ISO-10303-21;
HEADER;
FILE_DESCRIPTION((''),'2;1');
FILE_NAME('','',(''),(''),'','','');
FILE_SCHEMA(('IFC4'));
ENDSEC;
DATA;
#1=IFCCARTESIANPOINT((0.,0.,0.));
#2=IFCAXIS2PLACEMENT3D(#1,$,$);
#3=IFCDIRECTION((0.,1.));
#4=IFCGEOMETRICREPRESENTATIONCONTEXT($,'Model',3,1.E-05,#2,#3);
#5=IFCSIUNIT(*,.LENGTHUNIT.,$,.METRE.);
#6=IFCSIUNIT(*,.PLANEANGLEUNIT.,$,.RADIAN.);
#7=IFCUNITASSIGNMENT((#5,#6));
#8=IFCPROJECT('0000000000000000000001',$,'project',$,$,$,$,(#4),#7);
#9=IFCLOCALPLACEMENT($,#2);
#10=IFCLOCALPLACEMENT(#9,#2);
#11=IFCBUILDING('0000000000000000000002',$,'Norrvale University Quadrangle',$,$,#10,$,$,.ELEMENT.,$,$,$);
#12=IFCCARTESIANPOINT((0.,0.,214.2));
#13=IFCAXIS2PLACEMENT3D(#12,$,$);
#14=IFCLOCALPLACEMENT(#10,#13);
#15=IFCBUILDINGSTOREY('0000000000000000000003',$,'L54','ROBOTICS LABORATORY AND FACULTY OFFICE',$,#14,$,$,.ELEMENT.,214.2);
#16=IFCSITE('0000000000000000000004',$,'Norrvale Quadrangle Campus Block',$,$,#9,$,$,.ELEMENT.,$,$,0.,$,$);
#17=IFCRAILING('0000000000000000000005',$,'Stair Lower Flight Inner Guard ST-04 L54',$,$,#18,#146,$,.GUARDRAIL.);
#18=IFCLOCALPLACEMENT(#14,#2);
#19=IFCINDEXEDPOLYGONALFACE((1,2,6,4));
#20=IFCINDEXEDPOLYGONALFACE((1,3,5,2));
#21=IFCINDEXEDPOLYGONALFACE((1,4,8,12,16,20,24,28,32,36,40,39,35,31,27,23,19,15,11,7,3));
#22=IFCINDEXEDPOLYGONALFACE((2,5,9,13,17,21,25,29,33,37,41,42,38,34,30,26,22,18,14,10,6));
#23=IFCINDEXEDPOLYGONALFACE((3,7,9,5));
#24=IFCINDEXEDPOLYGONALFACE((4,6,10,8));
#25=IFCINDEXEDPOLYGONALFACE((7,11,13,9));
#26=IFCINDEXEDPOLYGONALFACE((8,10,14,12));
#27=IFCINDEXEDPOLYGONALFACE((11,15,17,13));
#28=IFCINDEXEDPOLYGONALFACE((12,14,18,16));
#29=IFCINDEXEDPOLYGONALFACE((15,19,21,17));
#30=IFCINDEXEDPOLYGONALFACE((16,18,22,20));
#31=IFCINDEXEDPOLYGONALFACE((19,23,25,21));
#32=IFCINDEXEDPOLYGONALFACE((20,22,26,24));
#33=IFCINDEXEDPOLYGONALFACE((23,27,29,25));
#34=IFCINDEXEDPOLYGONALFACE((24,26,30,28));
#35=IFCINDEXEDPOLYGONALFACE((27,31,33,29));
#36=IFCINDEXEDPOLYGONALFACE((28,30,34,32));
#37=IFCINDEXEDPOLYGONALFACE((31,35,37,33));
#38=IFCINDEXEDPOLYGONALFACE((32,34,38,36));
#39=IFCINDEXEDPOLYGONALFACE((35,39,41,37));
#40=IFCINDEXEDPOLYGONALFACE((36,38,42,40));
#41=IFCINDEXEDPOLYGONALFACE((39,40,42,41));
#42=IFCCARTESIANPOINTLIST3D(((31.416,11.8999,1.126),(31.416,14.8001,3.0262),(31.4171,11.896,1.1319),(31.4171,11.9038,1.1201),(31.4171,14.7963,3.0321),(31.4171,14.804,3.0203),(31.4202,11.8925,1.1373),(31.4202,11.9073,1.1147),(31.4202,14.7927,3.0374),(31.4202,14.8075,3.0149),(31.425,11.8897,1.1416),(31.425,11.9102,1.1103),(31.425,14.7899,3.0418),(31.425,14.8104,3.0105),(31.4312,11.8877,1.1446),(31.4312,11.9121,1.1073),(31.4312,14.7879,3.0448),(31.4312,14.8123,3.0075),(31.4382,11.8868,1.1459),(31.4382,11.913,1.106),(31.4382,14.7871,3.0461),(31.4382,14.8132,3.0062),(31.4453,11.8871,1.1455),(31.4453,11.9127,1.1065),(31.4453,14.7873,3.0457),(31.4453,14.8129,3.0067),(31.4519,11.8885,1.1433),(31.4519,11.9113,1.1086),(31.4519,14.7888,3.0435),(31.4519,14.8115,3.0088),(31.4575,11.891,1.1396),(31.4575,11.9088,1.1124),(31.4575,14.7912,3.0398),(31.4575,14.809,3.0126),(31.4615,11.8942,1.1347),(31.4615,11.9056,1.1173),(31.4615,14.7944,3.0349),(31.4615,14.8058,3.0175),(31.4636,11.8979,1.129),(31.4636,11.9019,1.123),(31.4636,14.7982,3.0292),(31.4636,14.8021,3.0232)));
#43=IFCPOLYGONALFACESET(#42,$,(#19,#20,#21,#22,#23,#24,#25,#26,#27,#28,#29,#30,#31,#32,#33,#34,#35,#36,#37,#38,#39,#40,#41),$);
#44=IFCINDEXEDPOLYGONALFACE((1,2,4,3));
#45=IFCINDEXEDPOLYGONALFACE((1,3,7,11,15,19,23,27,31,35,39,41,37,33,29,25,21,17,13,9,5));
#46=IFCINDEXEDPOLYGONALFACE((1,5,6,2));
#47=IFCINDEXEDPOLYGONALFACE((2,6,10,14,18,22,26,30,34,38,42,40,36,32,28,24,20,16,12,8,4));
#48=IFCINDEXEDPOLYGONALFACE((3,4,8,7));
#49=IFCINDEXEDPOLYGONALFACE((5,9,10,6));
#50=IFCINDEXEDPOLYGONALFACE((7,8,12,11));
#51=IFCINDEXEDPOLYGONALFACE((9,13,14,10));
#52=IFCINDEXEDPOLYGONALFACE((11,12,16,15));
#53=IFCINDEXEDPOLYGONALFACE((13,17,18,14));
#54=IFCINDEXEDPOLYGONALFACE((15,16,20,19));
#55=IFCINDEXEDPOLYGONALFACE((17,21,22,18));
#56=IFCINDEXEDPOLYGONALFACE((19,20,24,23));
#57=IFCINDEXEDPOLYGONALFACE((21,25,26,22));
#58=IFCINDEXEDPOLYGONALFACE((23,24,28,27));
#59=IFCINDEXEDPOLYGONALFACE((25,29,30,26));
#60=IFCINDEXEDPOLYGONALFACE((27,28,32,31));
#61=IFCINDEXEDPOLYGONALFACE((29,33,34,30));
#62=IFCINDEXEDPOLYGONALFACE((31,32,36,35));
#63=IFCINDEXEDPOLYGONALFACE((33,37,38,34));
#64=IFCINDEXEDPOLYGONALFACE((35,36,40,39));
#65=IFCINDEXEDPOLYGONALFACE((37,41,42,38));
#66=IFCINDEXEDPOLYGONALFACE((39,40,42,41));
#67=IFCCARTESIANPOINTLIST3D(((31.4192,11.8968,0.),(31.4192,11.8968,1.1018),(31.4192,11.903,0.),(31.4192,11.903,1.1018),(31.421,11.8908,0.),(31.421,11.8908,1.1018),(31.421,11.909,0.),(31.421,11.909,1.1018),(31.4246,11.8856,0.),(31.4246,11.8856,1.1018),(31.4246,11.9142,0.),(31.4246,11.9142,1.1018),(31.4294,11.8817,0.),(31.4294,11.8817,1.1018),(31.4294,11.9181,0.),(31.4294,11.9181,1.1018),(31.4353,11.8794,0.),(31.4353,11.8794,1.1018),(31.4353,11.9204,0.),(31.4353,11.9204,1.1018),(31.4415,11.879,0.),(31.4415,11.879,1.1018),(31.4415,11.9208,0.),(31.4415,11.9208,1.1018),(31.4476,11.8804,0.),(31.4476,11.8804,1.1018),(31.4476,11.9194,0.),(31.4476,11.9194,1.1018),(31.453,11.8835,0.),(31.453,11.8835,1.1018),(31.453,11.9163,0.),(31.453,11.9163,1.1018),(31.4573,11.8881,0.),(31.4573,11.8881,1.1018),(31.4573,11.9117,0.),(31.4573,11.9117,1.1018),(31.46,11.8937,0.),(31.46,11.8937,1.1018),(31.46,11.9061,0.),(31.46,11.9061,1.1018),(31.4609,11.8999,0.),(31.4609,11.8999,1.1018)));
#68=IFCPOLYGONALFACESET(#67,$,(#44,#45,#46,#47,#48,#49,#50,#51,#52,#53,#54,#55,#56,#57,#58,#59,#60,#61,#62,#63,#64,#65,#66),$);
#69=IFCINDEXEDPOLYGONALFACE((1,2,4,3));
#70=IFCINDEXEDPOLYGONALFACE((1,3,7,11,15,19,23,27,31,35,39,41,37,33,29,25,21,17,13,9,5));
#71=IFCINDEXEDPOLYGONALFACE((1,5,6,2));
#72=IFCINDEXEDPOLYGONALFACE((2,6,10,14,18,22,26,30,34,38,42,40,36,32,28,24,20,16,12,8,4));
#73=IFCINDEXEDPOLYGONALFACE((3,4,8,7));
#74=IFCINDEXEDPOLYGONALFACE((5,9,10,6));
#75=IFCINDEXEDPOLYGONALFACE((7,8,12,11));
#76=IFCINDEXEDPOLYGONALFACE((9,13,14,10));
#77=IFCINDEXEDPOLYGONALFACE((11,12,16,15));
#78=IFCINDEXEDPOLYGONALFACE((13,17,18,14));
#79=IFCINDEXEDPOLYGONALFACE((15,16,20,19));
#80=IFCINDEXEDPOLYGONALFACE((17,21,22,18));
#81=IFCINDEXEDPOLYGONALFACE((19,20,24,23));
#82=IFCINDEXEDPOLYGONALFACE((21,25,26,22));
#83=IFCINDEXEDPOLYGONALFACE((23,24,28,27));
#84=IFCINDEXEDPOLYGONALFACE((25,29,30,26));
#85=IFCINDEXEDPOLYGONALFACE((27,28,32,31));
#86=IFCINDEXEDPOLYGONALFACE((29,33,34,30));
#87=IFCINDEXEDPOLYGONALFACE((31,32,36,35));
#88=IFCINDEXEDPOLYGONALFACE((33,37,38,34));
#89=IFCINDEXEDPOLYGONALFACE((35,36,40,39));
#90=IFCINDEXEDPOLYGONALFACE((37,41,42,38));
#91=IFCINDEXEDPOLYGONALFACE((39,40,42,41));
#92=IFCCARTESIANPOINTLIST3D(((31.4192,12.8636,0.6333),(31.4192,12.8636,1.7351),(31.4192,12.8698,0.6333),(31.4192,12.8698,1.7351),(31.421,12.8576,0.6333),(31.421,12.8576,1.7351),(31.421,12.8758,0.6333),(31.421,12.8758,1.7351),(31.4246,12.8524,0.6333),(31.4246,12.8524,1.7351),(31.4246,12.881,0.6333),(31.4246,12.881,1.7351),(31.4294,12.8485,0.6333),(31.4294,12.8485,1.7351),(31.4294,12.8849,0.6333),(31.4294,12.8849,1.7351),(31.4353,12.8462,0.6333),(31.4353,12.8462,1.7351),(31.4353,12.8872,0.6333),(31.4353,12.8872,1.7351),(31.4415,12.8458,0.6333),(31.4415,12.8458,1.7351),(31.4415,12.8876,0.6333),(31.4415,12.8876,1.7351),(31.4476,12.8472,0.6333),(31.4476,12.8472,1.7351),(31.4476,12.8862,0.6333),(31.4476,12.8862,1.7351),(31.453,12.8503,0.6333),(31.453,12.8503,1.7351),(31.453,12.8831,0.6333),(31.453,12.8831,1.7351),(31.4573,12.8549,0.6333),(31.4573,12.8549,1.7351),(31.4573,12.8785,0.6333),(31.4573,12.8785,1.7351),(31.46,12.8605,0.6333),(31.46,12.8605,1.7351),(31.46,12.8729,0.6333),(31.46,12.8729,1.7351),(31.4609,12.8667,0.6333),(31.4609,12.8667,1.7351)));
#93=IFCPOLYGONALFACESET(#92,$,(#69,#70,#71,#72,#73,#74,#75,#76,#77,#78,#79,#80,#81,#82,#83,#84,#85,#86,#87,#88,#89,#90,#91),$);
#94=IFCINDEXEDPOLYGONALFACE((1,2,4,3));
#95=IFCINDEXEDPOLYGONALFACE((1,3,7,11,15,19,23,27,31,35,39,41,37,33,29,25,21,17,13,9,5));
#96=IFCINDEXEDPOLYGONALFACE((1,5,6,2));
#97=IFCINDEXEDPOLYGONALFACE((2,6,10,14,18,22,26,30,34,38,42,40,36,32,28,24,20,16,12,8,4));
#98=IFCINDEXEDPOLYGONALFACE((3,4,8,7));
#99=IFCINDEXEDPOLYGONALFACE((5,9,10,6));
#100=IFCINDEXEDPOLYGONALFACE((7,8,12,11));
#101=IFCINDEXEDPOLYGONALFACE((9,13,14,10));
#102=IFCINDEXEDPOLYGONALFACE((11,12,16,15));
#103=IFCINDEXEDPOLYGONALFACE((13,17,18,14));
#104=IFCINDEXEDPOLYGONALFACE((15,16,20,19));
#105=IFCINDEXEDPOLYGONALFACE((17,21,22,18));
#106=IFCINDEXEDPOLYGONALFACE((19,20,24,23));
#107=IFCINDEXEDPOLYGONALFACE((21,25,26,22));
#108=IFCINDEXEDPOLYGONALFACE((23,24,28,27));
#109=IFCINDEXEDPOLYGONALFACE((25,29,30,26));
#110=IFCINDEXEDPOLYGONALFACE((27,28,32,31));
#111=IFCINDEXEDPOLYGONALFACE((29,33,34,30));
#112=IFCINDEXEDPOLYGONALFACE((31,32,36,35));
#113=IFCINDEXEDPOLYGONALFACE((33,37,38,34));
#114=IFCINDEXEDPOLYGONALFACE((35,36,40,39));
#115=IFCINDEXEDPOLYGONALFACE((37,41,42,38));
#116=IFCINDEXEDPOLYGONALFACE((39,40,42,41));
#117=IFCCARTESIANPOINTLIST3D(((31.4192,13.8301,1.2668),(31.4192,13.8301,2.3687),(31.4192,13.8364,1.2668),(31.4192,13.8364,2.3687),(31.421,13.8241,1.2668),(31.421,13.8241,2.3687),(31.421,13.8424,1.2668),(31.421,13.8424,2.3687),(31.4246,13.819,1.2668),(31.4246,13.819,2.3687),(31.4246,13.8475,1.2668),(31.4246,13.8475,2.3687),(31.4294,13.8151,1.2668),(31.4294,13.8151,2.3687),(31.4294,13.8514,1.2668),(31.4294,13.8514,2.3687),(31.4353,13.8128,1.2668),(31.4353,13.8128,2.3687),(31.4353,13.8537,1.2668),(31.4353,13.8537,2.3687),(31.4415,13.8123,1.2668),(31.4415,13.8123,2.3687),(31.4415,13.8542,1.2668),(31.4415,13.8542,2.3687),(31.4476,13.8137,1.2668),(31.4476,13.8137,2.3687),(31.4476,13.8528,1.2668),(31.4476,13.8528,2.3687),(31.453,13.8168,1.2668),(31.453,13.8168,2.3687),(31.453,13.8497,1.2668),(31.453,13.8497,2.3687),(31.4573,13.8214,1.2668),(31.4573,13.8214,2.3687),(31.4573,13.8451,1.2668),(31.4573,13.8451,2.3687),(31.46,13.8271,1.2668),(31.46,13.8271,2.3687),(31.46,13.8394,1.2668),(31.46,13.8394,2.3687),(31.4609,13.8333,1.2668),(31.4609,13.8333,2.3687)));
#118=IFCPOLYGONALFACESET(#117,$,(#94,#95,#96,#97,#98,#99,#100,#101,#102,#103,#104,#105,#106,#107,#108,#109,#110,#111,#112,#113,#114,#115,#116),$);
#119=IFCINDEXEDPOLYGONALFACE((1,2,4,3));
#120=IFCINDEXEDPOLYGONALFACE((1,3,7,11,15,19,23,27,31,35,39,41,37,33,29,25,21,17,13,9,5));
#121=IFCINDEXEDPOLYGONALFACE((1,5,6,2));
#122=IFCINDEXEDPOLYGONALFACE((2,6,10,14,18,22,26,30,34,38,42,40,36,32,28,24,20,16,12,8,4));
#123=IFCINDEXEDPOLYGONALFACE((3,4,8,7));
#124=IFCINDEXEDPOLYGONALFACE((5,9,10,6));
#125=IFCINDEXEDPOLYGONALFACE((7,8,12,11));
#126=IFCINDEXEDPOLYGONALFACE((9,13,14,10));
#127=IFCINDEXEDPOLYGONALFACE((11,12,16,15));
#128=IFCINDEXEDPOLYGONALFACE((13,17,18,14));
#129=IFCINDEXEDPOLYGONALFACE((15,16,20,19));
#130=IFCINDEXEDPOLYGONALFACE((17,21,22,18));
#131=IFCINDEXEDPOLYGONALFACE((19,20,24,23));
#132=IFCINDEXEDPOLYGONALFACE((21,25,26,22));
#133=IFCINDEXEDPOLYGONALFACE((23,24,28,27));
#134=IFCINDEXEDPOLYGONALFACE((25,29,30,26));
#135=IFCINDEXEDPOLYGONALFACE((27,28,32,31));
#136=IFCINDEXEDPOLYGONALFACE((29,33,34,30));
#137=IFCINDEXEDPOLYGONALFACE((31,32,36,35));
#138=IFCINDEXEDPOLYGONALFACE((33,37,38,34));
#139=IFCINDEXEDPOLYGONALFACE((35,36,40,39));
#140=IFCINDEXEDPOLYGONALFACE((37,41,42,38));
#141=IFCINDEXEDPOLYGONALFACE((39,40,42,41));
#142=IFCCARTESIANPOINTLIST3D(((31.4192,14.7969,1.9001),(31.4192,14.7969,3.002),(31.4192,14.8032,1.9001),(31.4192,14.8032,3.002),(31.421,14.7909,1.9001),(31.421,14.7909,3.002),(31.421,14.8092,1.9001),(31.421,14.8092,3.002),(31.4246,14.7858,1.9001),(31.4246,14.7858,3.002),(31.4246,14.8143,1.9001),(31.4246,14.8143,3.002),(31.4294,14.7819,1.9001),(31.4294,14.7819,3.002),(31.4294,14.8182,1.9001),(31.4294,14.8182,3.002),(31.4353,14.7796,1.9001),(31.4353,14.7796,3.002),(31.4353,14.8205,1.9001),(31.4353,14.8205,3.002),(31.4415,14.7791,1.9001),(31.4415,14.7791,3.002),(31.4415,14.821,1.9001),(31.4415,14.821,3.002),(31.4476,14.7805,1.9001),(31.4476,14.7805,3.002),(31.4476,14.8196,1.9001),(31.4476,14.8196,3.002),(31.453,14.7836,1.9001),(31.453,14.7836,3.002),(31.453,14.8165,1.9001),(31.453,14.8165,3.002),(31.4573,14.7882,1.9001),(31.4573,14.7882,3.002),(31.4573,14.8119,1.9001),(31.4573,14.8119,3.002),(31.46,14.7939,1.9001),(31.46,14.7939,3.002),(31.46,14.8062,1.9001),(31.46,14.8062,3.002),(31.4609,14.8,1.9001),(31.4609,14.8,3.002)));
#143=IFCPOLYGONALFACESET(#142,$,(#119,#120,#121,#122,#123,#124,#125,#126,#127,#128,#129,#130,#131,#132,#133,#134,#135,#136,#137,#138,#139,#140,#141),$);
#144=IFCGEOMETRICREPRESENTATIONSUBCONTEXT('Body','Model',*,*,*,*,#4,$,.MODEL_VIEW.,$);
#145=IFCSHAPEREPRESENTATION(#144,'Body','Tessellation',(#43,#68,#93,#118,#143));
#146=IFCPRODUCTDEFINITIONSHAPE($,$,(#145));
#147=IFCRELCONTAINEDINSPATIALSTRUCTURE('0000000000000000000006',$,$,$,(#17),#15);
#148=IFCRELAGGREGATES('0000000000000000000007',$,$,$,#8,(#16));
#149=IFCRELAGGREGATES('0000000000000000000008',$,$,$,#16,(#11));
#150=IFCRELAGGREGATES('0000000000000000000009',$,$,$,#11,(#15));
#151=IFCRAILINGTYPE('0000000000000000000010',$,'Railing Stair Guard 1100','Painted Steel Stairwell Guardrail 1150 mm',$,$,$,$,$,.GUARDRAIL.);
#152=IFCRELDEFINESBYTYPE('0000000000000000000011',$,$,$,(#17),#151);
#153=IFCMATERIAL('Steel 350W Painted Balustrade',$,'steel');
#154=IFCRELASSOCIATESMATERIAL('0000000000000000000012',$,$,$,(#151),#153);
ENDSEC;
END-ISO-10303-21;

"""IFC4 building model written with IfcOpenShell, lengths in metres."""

from ifc_helpers import new_model, si_unit, direction, frame, origin, origin_2d, place, context, subcontext, project, spatial, circle, extrude, material, type_object, element, save


model = new_model("IFC4")

# Units and contexts
model_context = context("Model", 3, precision=1e-05, world=origin(), true_north=direction((0.0, 1.0)))
body_context = subcontext(model_context, "Body", "Model", "MODEL_VIEW")
ifc_project = project(units=[si_unit("LENGTHUNIT", "METRE"), si_unit("PLANEANGLEUNIT", "RADIAN")], contexts=[model_context])

# Site, building, storey
site_placement = place(None, origin())
site = spatial("IfcSite", under=ifc_project, at=site_placement, Name="Norrvale Quadrangle Campus Block", CompositionType="ELEMENT", RefElevation=0.0)
building_placement = place(site_placement, origin())
building = spatial("IfcBuilding", under=site, at=building_placement, Name="Norrvale University Quadrangle", CompositionType="ELEMENT")
storey_placement = place(building_placement, frame((0.0, 0.0, 214.2)))
storey = spatial("IfcBuildingStorey", under=building, at=storey_placement, Name="L54", Description="ROBOTICS LABORATORY AND FACULTY OFFICE", CompositionType="ELEMENT", Elevation=214.2)

# Railing
ifc_material_1 = material(Name="Steel 350W Painted Balustrade", Category="steel")
railing_type_1 = type_object("IfcRailingType", Name="Railing Stair Guard 1100", Description="Painted Steel Stairwell Guardrail 1150 mm", PredefinedType="GUARDRAIL", material=ifc_material_1)
railing_1_placement = place(storey_placement, frame((31.4399, 11.8999, 0.0)))
element("IfcRailing", 1, at=railing_1_placement, inside=storey, type_object=railing_type_1, Name="Stair Lower Flight Inner Guard ST-04 L54", PredefinedType="GUARDRAIL", context=body_context, shape_type="SweptSolid", body=[
    extrude(circle(Radius=0.0239, at=origin_2d()), frame((0.0, 0.0, 1.126), z_axis=(0.0, 0.836454, 0.548036), x_axis=(-1.0, 0.0, 0.0)), (0.0, 0.0, 1.0), 3.4673),
    extrude(circle(Radius=0.021, at=origin_2d()), origin(), (0.0, 0.0, 1.0), 1.1018),
    extrude(circle(Radius=0.021, at=origin_2d()), frame((0.0, 0.9668, 0.6333)), (0.0, 0.0, 1.0), 1.1018),
    extrude(circle(Radius=0.021, at=origin_2d()), frame((0.0, 1.9333, 1.2668)), (0.0, 0.0, 1.0), 1.1018),
    extrude(circle(Radius=0.021, at=origin_2d()), frame((0.0, 2.9001, 1.9001)), (0.0, 0.0, 1.0), 1.1018),
])

save(model, "model.ifc")
